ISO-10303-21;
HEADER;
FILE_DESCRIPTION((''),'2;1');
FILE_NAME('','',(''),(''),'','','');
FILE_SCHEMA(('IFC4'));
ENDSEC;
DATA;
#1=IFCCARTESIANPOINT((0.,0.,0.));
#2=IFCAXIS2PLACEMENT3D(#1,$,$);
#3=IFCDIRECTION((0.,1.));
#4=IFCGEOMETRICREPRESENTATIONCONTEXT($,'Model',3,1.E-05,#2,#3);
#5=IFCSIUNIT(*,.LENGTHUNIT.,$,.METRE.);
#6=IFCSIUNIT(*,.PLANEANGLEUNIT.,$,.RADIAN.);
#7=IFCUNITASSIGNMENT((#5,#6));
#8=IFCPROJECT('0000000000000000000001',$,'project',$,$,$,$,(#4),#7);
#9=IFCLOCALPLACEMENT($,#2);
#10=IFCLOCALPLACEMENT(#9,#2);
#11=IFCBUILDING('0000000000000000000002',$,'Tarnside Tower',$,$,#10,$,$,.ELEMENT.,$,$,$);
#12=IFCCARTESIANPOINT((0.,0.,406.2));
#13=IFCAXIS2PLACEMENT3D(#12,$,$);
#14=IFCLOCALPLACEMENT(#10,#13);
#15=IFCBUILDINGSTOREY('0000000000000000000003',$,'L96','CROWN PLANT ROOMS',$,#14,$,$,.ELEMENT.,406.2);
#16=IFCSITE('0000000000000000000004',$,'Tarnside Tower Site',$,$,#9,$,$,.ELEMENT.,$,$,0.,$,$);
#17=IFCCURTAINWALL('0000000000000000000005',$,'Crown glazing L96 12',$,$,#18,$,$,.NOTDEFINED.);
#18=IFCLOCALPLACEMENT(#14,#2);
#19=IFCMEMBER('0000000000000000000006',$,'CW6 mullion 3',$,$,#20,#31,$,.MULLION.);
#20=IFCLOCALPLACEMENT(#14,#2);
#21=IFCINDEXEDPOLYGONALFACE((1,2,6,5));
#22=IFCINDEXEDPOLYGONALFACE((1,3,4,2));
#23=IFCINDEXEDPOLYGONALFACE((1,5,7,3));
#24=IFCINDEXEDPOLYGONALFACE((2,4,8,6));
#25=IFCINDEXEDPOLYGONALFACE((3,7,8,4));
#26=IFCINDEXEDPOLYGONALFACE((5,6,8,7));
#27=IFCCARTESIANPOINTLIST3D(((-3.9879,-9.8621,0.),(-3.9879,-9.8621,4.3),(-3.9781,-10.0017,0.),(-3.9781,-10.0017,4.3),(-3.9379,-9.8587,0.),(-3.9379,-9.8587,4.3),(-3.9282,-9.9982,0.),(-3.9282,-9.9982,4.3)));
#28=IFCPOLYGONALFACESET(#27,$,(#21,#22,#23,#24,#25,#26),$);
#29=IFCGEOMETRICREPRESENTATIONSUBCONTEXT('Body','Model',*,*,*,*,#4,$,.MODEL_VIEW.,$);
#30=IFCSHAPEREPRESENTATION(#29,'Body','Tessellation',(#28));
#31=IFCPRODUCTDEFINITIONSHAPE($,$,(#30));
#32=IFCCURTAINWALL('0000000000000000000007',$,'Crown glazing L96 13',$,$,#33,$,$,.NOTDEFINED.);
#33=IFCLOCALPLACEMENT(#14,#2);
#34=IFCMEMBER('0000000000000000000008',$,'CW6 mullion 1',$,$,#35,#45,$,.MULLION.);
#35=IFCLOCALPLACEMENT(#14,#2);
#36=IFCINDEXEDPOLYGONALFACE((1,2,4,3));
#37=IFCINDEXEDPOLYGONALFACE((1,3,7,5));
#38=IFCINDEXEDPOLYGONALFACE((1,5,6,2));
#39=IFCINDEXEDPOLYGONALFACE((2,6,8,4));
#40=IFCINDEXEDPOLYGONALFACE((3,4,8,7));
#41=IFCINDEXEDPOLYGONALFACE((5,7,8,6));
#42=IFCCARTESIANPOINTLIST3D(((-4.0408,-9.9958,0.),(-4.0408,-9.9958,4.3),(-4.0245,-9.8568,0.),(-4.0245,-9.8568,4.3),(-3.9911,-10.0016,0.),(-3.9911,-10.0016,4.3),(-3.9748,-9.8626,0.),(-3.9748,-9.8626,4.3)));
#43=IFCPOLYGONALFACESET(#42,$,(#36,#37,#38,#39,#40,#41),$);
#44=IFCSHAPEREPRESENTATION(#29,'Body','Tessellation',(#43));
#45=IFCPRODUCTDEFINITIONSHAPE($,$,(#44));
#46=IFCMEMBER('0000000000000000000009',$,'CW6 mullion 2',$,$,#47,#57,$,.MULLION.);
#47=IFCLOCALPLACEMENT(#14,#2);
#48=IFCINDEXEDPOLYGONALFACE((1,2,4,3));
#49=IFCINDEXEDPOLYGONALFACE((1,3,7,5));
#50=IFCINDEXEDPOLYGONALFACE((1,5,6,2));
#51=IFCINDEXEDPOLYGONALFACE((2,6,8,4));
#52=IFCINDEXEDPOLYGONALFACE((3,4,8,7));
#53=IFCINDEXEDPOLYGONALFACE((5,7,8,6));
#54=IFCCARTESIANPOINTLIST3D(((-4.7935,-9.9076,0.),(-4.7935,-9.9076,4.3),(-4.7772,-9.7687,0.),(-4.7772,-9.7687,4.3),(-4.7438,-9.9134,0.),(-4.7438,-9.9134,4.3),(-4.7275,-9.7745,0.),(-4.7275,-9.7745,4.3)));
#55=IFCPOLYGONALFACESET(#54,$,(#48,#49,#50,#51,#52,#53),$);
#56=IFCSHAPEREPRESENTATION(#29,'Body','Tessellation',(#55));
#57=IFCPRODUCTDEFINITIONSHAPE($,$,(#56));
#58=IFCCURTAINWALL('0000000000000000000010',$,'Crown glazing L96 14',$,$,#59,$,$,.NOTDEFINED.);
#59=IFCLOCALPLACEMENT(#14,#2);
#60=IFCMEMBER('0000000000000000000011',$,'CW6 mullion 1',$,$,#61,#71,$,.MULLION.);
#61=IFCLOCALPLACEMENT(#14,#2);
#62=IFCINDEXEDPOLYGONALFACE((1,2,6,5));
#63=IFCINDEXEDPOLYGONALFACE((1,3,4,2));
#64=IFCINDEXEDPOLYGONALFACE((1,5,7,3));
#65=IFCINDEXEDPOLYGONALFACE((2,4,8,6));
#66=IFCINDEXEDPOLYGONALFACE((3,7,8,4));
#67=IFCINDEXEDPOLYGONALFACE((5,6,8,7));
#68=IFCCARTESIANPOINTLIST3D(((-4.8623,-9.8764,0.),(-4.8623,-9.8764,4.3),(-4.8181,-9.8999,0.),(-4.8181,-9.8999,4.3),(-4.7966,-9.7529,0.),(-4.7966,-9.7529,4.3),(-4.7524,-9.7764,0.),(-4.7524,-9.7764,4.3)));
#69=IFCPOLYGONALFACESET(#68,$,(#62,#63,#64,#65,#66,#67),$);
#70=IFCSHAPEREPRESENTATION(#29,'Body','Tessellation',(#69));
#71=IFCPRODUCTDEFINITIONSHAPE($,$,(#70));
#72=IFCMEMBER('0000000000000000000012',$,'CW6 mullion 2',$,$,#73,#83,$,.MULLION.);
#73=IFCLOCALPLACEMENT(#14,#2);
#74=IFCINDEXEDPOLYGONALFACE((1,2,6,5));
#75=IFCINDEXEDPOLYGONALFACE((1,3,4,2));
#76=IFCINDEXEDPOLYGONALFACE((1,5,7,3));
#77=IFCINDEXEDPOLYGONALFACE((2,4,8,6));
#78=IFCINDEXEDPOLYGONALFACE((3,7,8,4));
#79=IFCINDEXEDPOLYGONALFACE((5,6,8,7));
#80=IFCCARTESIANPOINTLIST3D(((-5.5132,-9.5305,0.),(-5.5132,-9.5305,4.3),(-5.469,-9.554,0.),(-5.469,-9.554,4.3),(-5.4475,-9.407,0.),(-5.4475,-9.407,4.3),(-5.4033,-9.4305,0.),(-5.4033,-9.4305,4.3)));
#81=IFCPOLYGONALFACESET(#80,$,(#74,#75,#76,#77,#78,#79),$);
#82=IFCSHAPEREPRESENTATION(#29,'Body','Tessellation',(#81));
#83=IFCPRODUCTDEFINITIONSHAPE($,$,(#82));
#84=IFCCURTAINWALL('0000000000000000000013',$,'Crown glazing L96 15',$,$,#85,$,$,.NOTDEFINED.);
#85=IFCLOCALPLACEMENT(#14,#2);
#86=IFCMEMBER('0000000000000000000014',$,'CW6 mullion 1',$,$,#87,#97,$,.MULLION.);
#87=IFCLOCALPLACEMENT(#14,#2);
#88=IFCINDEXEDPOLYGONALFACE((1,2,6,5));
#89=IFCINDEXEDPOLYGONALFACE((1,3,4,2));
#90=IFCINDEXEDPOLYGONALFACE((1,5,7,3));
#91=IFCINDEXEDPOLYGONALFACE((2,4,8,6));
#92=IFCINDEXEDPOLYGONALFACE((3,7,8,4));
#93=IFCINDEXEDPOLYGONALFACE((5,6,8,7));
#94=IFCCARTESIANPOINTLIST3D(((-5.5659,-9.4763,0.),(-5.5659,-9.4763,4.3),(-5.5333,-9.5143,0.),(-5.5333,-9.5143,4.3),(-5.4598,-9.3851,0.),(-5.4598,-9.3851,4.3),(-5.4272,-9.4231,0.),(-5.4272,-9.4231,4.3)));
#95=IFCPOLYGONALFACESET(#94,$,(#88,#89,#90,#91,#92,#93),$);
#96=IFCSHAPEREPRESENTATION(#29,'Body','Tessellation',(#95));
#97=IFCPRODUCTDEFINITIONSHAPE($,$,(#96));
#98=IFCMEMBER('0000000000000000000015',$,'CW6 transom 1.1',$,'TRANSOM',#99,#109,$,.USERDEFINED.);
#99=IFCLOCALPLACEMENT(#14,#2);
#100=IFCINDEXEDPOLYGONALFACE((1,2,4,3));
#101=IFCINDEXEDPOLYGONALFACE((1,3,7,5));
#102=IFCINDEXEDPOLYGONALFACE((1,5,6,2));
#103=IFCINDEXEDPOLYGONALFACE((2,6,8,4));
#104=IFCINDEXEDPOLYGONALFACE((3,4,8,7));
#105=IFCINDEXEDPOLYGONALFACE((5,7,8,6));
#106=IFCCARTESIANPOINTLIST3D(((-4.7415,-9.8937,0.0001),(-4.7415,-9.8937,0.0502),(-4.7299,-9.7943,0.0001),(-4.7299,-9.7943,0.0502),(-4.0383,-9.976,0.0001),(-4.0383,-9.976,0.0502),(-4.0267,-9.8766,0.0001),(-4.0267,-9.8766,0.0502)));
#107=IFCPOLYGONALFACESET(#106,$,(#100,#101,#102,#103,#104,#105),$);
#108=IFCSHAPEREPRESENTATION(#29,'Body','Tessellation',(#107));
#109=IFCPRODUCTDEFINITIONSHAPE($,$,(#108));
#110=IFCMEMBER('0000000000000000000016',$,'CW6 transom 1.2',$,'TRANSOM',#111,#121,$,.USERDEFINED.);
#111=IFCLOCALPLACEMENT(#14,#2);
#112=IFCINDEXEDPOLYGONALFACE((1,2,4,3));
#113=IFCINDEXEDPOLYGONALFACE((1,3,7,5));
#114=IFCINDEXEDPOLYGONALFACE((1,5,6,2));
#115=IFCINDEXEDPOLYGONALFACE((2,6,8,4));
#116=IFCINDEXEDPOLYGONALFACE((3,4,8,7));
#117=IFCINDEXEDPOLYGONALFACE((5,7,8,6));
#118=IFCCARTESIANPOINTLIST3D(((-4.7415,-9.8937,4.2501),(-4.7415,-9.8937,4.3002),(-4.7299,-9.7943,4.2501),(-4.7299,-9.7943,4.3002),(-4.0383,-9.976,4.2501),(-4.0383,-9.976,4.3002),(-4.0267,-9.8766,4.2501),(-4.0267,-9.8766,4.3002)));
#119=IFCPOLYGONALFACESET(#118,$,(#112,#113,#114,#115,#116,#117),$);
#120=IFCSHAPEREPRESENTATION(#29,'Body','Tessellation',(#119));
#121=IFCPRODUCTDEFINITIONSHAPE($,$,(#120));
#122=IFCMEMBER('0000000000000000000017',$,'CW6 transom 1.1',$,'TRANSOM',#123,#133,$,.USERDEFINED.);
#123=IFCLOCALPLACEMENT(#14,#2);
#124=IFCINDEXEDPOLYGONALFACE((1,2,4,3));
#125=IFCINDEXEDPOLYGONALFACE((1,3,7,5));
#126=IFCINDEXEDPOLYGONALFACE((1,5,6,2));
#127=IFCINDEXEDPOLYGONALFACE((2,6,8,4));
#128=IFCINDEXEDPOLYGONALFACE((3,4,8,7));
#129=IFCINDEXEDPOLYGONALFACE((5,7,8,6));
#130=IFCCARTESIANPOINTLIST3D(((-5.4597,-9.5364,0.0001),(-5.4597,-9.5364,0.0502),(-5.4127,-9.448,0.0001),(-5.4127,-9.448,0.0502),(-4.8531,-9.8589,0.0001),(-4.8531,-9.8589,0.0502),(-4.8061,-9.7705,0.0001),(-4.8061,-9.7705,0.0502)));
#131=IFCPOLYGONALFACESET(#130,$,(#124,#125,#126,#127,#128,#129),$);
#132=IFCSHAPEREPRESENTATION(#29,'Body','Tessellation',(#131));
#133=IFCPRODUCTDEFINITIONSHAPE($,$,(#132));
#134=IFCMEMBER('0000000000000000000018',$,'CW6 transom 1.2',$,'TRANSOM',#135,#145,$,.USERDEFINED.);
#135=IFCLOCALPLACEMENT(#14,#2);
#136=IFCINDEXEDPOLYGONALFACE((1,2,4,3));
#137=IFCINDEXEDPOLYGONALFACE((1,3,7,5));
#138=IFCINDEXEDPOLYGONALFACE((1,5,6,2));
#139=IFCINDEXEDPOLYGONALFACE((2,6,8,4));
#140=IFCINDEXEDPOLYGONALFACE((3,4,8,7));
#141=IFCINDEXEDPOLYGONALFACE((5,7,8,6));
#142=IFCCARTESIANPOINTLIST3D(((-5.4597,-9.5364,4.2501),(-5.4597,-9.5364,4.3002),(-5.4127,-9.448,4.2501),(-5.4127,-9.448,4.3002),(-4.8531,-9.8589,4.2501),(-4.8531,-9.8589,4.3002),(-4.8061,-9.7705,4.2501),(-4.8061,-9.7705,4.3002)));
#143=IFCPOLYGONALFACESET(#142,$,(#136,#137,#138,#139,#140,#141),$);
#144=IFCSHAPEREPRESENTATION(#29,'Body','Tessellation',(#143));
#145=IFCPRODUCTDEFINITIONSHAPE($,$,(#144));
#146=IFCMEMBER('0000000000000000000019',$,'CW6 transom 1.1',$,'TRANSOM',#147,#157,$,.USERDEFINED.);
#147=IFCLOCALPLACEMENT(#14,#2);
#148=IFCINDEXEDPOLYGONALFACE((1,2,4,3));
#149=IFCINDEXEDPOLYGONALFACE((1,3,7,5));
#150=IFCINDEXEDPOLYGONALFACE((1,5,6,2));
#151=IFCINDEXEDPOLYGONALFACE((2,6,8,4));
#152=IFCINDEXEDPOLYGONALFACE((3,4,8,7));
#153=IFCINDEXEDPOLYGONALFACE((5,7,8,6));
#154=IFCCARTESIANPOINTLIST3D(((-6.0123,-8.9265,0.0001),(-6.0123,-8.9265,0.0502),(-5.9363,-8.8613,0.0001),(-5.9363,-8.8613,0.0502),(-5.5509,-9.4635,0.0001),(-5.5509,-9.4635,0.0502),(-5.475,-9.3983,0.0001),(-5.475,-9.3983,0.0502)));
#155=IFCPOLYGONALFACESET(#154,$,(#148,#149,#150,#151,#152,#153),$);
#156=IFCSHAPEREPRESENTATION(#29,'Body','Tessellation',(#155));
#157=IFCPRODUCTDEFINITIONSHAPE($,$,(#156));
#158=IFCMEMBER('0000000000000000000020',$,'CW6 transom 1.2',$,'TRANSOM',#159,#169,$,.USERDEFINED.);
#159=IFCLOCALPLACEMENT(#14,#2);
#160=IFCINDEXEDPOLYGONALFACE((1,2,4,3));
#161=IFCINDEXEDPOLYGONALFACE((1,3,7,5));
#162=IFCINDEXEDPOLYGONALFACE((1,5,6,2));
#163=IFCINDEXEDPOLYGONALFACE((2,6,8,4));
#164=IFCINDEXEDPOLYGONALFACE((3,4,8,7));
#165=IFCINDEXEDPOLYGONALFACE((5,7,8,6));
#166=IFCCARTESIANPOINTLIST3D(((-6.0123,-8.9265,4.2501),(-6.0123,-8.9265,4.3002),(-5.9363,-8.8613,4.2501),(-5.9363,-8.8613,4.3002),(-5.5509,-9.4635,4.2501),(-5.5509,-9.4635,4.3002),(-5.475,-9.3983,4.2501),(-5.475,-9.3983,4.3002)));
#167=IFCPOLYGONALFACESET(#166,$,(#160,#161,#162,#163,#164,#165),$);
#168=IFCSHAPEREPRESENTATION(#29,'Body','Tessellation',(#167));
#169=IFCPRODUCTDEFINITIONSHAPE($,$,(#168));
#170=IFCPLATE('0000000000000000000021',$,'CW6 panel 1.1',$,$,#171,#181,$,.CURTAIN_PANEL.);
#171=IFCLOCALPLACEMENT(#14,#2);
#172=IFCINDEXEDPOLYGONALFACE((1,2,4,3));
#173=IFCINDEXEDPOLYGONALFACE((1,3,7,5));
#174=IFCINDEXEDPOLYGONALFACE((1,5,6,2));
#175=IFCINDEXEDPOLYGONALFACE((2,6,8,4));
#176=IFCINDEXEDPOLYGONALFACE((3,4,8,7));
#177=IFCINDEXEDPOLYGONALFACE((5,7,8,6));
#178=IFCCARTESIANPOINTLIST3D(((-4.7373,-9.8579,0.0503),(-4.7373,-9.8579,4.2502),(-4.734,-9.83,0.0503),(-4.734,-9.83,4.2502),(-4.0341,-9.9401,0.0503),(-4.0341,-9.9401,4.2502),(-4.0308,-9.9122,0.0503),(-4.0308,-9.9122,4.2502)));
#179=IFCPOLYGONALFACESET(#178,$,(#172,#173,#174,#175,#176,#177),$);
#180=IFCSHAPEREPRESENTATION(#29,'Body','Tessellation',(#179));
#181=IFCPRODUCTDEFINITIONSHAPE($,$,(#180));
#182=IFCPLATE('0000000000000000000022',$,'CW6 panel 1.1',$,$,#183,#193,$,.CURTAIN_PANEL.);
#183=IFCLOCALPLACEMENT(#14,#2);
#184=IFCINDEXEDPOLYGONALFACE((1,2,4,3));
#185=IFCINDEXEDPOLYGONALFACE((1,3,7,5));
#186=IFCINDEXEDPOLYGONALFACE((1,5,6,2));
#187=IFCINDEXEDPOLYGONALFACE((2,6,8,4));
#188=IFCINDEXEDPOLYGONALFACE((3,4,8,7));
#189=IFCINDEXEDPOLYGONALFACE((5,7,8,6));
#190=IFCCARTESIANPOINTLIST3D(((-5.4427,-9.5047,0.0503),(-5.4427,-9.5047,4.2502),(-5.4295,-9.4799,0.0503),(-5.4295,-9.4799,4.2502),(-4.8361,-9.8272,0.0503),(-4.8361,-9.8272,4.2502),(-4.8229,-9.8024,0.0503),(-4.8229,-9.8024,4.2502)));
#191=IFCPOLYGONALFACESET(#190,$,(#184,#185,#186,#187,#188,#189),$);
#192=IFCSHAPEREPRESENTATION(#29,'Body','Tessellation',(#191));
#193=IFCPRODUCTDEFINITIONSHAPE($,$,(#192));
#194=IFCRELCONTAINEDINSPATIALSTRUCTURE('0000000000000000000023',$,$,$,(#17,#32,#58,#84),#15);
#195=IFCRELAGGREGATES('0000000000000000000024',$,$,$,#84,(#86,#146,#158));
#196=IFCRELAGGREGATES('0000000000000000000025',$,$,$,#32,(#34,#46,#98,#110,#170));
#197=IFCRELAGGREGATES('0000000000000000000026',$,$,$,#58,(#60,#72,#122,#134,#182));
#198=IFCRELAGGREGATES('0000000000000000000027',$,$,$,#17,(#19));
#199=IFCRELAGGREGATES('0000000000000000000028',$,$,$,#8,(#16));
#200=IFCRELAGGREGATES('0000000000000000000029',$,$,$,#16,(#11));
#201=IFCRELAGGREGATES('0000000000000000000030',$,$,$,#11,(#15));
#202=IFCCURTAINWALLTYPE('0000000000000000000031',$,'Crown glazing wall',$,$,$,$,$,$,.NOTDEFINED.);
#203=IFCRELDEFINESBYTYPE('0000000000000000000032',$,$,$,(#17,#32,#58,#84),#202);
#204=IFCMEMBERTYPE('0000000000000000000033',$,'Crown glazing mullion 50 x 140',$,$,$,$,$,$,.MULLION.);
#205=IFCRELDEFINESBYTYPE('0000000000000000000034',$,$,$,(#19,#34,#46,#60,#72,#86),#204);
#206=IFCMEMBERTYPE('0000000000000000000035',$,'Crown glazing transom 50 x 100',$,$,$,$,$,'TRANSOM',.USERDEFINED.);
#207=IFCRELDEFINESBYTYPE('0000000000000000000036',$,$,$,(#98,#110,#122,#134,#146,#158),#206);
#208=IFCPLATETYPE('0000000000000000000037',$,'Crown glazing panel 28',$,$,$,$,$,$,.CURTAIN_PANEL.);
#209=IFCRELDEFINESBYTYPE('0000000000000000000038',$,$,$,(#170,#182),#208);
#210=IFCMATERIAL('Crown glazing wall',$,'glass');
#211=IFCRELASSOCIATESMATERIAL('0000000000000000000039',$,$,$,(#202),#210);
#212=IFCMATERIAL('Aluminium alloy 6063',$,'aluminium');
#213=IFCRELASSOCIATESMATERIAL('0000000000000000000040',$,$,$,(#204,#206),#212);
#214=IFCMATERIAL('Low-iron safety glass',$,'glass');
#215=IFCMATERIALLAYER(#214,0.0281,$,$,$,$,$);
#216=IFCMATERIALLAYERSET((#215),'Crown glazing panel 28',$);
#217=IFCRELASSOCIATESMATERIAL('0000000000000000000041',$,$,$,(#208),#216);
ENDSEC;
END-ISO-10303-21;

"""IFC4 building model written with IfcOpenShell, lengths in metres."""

from ifc_helpers import new_model, si_unit, direction, frame, origin, origin_2d, place, context, subcontext, project, spatial, rectangle, extrude, material, layer, layer_set, material_profile, profile_set, type_object, element, aggregate, save


model = new_model("IFC4")

# Units and contexts
model_context = context("Model", 3, precision=1e-05, world=origin(), true_north=direction((0.0, 1.0)))
body_context = subcontext(model_context, "Body", "Model", "MODEL_VIEW")
ifc_project = project(units=[si_unit("LENGTHUNIT", "METRE"), si_unit("PLANEANGLEUNIT", "RADIAN")], contexts=[model_context])

# Site, building, storey
site_placement = place(None, origin())
site = spatial("IfcSite", under=ifc_project, at=site_placement, Name="Tarnside Tower Site", CompositionType="ELEMENT", RefElevation=0.0)
building_placement = place(site_placement, origin())
building = spatial("IfcBuilding", under=site, at=building_placement, Name="Tarnside Tower", CompositionType="ELEMENT")
storey_placement = place(building_placement, frame((0.0, 0.0, 406.2)))
storey = spatial("IfcBuildingStorey", under=building, at=storey_placement, Name="L96", Description="CROWN PLANT ROOMS", CompositionType="ELEMENT", Elevation=406.2)

# Curtain wall, member
ifc_material_1 = material(Name="Crown glazing wall", Category="glass")
curtain_wall_type = type_object("IfcCurtainWallType", Name="Crown glazing wall", PredefinedType="NOTDEFINED", material=ifc_material_1)
curtain_wall_1_placement = place(storey_placement, origin())
curtain_wall_1 = element("IfcCurtainWall", 1, at=curtain_wall_1_placement, inside=storey, type_object=curtain_wall_type, Name="Crown glazing L96 12", PredefinedType="NOTDEFINED")
ifc_material_2 = material(Name="Aluminium alloy 6063", Category="aluminium")
ifc_material_profile_1 = material_profile(ifc_material_2, rectangle(XDim=0.1399, YDim=0.05, at=origin_2d()), Name="Crown glazing mullion 50 x 140")
ifc_profile_set_1 = profile_set([ifc_material_profile_1], Name="Aluminium alloy 6063")
member_type_1 = type_object("IfcMemberType", Name="Crown glazing mullion 50 x 140", PredefinedType="MULLION", material=ifc_profile_set_1)
member_1_placement = place(storey_placement, frame((-3.958, -9.9302, 0.0), z_axis=(0.0, 0.0, 1.0), x_axis=(0.069756, -0.997564, 0.0)))
member_1 = element("IfcMember", 2, at=member_1_placement, type_object=member_type_1, Name="CW6 mullion 3", PredefinedType="MULLION", context=body_context, shape_type="SweptSolid", body=[
    extrude(rectangle(XDim=0.1399, YDim=0.05, at=origin_2d()), origin(), (0.0, 0.0, 1.0), 4.3),
])

# Curtain walls, members
curtain_wall_2_placement = place(storey_placement, origin())
curtain_wall_2 = element("IfcCurtainWall", 3, at=curtain_wall_2_placement, inside=storey, type_object=curtain_wall_type, Name="Crown glazing L96 13", PredefinedType="NOTDEFINED")
member_2_placement = place(storey_placement, frame((-4.0078, -9.9292, 0.0), z_axis=(0.0, 0.0, 1.0), x_axis=(-0.116093, -0.993238, 0.0)))
member_2 = element("IfcMember", 4, at=member_2_placement, type_object=member_type_1, Name="CW6 mullion 1", PredefinedType="MULLION", context=body_context, shape_type="SweptSolid", body=[
    extrude(rectangle(XDim=0.1399, YDim=0.05, at=origin_2d()), origin(), (0.0, 0.0, 1.0), 4.3),
])
member_3_placement = place(storey_placement, frame((-4.7605, -9.8411, 0.0), z_axis=(0.0, 0.0, 1.0), x_axis=(-0.116093, -0.993238, 0.0)))
member_3 = element("IfcMember", 5, at=member_3_placement, type_object=member_type_1, Name="CW6 mullion 2", PredefinedType="MULLION", context=body_context, shape_type="SweptSolid", body=[
    extrude(rectangle(XDim=0.1399, YDim=0.05, at=origin_2d()), origin(), (0.0, 0.0, 1.0), 4.3),
])
curtain_wall_3_placement = place(storey_placement, origin())
curtain_wall_3 = element("IfcCurtainWall", 6, at=curtain_wall_3_placement, inside=storey, type_object=curtain_wall_type, Name="Crown glazing L96 14", PredefinedType="NOTDEFINED")
member_4_placement = place(storey_placement, frame((-4.8074, -9.8264, 0.0), z_axis=(0.0, 0.0, 1.0), x_axis=(-0.469472, -0.882948, 0.0)))
member_4 = element("IfcMember", 7, at=member_4_placement, type_object=member_type_1, Name="CW6 mullion 1", PredefinedType="MULLION", context=body_context, shape_type="SweptSolid", body=[
    extrude(rectangle(XDim=0.1399, YDim=0.05, at=origin_2d()), origin(), (0.0, 0.0, 1.0), 4.3),
])
member_5_placement = place(storey_placement, frame((-5.4583, -9.4805, 0.0), z_axis=(0.0, 0.0, 1.0), x_axis=(-0.469472, -0.882948, 0.0)))
member_5 = element("IfcMember", 8, at=member_5_placement, type_object=member_type_1, Name="CW6 mullion 2", PredefinedType="MULLION", context=body_context, shape_type="SweptSolid", body=[
    extrude(rectangle(XDim=0.1399, YDim=0.05, at=origin_2d()), origin(), (0.0, 0.0, 1.0), 4.3),
])

# Curtain wall, member
curtain_wall_4_placement = place(storey_placement, origin())
curtain_wall_4 = element("IfcCurtainWall", 9, at=curtain_wall_4_placement, inside=storey, type_object=curtain_wall_type, Name="Crown glazing L96 15", PredefinedType="NOTDEFINED")
member_6_placement = place(storey_placement, frame((-5.4966, -9.4497, 0.0), z_axis=(0.0, 0.0, 1.0), x_axis=(-0.758514, -0.651657, 0.0)))
member_6 = element("IfcMember", 10, at=member_6_placement, type_object=member_type_1, Name="CW6 mullion 1", PredefinedType="MULLION", context=body_context, shape_type="SweptSolid", body=[
    extrude(rectangle(XDim=0.1399, YDim=0.05, at=origin_2d()), origin(), (0.0, 0.0, 1.0), 4.3),
])

# Members
ifc_material_profile_2 = material_profile(ifc_material_2, rectangle(XDim=0.1001, YDim=0.05, at=origin_2d()), Name="Crown glazing transom 50 x 100")
ifc_profile_set_2 = profile_set([ifc_material_profile_2], Name="Aluminium alloy 6063")
member_type_2 = type_object("IfcMemberType", Name="Crown glazing transom 50 x 100", ElementType="TRANSOM", PredefinedType="USERDEFINED", material=ifc_profile_set_2)
member_7_placement = place(storey_placement, frame((-4.0325, -9.9263, 0.0251), z_axis=(-0.993223, 0.116221, 0.0), x_axis=(-0.116221, -0.993223, 0.0)))
member_7 = element("IfcMember", 11, at=member_7_placement, type_object=member_type_2, Name="CW6 transom 1.1", ObjectType="TRANSOM", PredefinedType="USERDEFINED", context=body_context, shape_type="SweptSolid", body=[
    extrude(rectangle(XDim=0.1001, YDim=0.05, at=origin_2d()), origin(), (0.0, 0.0, 1.0), 0.708),
])
member_8_placement = place(storey_placement, frame((-4.0325, -9.9263, 4.2751), z_axis=(-0.993223, 0.116221, 0.0), x_axis=(-0.116221, -0.993223, 0.0)))
member_8 = element("IfcMember", 12, at=member_8_placement, type_object=member_type_2, Name="CW6 transom 1.2", ObjectType="TRANSOM", PredefinedType="USERDEFINED", context=body_context, shape_type="SweptSolid", body=[
    extrude(rectangle(XDim=0.1001, YDim=0.05, at=origin_2d()), origin(), (0.0, 0.0, 1.0), 0.708),
])
member_9_placement = place(storey_placement, frame((-4.8296, -9.8147, 0.0251), z_axis=(-0.882991, 0.469389, 0.0), x_axis=(-0.469389, -0.882991, 0.0)))
member_9 = element("IfcMember", 13, at=member_9_placement, type_object=member_type_2, Name="CW6 transom 1.1", ObjectType="TRANSOM", PredefinedType="USERDEFINED", context=body_context, shape_type="SweptSolid", body=[
    extrude(rectangle(XDim=0.1001, YDim=0.05, at=origin_2d()), origin(), (0.0, 0.0, 1.0), 0.687),
])
member_10_placement = place(storey_placement, frame((-4.8296, -9.8147, 4.2751), z_axis=(-0.882991, 0.469389, 0.0), x_axis=(-0.469389, -0.882991, 0.0)))
member_10 = element("IfcMember", 14, at=member_10_placement, type_object=member_type_2, Name="CW6 transom 1.2", ObjectType="TRANSOM", PredefinedType="USERDEFINED", context=body_context, shape_type="SweptSolid", body=[
    extrude(rectangle(XDim=0.1001, YDim=0.05, at=origin_2d()), origin(), (0.0, 0.0, 1.0), 0.687),
])
member_11_placement = place(storey_placement, frame((-5.5129, -9.4309, 0.0251), z_axis=(-0.651643, 0.758526, 0.0), x_axis=(-0.758526, -0.651643, 0.0)))
member_11 = element("IfcMember", 15, at=member_11_placement, type_object=member_type_2, Name="CW6 transom 1.1", ObjectType="TRANSOM", PredefinedType="USERDEFINED", context=body_context, shape_type="SweptSolid", body=[
    extrude(rectangle(XDim=0.1001, YDim=0.05, at=origin_2d()), origin(), (0.0, 0.0, 1.0), 0.708),
])
member_12_placement = place(storey_placement, frame((-5.5129, -9.4309, 4.2751), z_axis=(-0.651643, 0.758526, 0.0), x_axis=(-0.758526, -0.651643, 0.0)))
member_12 = element("IfcMember", 16, at=member_12_placement, type_object=member_type_2, Name="CW6 transom 1.2", ObjectType="TRANSOM", PredefinedType="USERDEFINED", context=body_context, shape_type="SweptSolid", body=[
    extrude(rectangle(XDim=0.1001, YDim=0.05, at=origin_2d()), origin(), (0.0, 0.0, 1.0), 0.708),
])
aggregate(curtain_wall_4, [member_6, member_11, member_12])

# Plates
ifc_material_3 = material(Name="Low-iron safety glass", Category="glass")
ifc_layer_1 = layer(ifc_material_3, 0.0281)
ifc_layer_set_1 = layer_set([ifc_layer_1], Name="Crown glazing panel 28")
plate_type_1 = type_object("IfcPlateType", Name="Crown glazing panel 28", PredefinedType="CURTAIN_PANEL", material=ifc_layer_set_1)
plate_1_placement = place(storey_placement, frame((-4.384, -9.885, 0.0503), z_axis=(0.0, 0.0, 1.0), x_axis=(-0.993238, 0.116093, 0.0)))
plate_1 = element("IfcPlate", 17, at=plate_1_placement, type_object=plate_type_1, Name="CW6 panel 1.1", PredefinedType="CURTAIN_PANEL", context=body_context, shape_type="SweptSolid", body=[
    extrude(rectangle(XDim=0.708, YDim=0.0281, at=origin_2d()), origin(), (0.0, 0.0, 1.0), 4.2),
])
aggregate(curtain_wall_2, [member_2, member_3, member_7, member_8, plate_1])
plate_2_placement = place(storey_placement, frame((-5.1328, -9.6536, 0.0503), z_axis=(0.0, 0.0, 1.0), x_axis=(-0.882948, 0.469472, 0.0)))
plate_2 = element("IfcPlate", 18, at=plate_2_placement, type_object=plate_type_1, Name="CW6 panel 1.1", PredefinedType="CURTAIN_PANEL", context=body_context, shape_type="SweptSolid", body=[
    extrude(rectangle(XDim=0.687, YDim=0.0281, at=origin_2d()), origin(), (0.0, 0.0, 1.0), 4.2),
])
aggregate(curtain_wall_3, [member_4, member_5, member_9, member_10, plate_2])
aggregate(curtain_wall_1, [member_1])

save(model, "model.ifc")
